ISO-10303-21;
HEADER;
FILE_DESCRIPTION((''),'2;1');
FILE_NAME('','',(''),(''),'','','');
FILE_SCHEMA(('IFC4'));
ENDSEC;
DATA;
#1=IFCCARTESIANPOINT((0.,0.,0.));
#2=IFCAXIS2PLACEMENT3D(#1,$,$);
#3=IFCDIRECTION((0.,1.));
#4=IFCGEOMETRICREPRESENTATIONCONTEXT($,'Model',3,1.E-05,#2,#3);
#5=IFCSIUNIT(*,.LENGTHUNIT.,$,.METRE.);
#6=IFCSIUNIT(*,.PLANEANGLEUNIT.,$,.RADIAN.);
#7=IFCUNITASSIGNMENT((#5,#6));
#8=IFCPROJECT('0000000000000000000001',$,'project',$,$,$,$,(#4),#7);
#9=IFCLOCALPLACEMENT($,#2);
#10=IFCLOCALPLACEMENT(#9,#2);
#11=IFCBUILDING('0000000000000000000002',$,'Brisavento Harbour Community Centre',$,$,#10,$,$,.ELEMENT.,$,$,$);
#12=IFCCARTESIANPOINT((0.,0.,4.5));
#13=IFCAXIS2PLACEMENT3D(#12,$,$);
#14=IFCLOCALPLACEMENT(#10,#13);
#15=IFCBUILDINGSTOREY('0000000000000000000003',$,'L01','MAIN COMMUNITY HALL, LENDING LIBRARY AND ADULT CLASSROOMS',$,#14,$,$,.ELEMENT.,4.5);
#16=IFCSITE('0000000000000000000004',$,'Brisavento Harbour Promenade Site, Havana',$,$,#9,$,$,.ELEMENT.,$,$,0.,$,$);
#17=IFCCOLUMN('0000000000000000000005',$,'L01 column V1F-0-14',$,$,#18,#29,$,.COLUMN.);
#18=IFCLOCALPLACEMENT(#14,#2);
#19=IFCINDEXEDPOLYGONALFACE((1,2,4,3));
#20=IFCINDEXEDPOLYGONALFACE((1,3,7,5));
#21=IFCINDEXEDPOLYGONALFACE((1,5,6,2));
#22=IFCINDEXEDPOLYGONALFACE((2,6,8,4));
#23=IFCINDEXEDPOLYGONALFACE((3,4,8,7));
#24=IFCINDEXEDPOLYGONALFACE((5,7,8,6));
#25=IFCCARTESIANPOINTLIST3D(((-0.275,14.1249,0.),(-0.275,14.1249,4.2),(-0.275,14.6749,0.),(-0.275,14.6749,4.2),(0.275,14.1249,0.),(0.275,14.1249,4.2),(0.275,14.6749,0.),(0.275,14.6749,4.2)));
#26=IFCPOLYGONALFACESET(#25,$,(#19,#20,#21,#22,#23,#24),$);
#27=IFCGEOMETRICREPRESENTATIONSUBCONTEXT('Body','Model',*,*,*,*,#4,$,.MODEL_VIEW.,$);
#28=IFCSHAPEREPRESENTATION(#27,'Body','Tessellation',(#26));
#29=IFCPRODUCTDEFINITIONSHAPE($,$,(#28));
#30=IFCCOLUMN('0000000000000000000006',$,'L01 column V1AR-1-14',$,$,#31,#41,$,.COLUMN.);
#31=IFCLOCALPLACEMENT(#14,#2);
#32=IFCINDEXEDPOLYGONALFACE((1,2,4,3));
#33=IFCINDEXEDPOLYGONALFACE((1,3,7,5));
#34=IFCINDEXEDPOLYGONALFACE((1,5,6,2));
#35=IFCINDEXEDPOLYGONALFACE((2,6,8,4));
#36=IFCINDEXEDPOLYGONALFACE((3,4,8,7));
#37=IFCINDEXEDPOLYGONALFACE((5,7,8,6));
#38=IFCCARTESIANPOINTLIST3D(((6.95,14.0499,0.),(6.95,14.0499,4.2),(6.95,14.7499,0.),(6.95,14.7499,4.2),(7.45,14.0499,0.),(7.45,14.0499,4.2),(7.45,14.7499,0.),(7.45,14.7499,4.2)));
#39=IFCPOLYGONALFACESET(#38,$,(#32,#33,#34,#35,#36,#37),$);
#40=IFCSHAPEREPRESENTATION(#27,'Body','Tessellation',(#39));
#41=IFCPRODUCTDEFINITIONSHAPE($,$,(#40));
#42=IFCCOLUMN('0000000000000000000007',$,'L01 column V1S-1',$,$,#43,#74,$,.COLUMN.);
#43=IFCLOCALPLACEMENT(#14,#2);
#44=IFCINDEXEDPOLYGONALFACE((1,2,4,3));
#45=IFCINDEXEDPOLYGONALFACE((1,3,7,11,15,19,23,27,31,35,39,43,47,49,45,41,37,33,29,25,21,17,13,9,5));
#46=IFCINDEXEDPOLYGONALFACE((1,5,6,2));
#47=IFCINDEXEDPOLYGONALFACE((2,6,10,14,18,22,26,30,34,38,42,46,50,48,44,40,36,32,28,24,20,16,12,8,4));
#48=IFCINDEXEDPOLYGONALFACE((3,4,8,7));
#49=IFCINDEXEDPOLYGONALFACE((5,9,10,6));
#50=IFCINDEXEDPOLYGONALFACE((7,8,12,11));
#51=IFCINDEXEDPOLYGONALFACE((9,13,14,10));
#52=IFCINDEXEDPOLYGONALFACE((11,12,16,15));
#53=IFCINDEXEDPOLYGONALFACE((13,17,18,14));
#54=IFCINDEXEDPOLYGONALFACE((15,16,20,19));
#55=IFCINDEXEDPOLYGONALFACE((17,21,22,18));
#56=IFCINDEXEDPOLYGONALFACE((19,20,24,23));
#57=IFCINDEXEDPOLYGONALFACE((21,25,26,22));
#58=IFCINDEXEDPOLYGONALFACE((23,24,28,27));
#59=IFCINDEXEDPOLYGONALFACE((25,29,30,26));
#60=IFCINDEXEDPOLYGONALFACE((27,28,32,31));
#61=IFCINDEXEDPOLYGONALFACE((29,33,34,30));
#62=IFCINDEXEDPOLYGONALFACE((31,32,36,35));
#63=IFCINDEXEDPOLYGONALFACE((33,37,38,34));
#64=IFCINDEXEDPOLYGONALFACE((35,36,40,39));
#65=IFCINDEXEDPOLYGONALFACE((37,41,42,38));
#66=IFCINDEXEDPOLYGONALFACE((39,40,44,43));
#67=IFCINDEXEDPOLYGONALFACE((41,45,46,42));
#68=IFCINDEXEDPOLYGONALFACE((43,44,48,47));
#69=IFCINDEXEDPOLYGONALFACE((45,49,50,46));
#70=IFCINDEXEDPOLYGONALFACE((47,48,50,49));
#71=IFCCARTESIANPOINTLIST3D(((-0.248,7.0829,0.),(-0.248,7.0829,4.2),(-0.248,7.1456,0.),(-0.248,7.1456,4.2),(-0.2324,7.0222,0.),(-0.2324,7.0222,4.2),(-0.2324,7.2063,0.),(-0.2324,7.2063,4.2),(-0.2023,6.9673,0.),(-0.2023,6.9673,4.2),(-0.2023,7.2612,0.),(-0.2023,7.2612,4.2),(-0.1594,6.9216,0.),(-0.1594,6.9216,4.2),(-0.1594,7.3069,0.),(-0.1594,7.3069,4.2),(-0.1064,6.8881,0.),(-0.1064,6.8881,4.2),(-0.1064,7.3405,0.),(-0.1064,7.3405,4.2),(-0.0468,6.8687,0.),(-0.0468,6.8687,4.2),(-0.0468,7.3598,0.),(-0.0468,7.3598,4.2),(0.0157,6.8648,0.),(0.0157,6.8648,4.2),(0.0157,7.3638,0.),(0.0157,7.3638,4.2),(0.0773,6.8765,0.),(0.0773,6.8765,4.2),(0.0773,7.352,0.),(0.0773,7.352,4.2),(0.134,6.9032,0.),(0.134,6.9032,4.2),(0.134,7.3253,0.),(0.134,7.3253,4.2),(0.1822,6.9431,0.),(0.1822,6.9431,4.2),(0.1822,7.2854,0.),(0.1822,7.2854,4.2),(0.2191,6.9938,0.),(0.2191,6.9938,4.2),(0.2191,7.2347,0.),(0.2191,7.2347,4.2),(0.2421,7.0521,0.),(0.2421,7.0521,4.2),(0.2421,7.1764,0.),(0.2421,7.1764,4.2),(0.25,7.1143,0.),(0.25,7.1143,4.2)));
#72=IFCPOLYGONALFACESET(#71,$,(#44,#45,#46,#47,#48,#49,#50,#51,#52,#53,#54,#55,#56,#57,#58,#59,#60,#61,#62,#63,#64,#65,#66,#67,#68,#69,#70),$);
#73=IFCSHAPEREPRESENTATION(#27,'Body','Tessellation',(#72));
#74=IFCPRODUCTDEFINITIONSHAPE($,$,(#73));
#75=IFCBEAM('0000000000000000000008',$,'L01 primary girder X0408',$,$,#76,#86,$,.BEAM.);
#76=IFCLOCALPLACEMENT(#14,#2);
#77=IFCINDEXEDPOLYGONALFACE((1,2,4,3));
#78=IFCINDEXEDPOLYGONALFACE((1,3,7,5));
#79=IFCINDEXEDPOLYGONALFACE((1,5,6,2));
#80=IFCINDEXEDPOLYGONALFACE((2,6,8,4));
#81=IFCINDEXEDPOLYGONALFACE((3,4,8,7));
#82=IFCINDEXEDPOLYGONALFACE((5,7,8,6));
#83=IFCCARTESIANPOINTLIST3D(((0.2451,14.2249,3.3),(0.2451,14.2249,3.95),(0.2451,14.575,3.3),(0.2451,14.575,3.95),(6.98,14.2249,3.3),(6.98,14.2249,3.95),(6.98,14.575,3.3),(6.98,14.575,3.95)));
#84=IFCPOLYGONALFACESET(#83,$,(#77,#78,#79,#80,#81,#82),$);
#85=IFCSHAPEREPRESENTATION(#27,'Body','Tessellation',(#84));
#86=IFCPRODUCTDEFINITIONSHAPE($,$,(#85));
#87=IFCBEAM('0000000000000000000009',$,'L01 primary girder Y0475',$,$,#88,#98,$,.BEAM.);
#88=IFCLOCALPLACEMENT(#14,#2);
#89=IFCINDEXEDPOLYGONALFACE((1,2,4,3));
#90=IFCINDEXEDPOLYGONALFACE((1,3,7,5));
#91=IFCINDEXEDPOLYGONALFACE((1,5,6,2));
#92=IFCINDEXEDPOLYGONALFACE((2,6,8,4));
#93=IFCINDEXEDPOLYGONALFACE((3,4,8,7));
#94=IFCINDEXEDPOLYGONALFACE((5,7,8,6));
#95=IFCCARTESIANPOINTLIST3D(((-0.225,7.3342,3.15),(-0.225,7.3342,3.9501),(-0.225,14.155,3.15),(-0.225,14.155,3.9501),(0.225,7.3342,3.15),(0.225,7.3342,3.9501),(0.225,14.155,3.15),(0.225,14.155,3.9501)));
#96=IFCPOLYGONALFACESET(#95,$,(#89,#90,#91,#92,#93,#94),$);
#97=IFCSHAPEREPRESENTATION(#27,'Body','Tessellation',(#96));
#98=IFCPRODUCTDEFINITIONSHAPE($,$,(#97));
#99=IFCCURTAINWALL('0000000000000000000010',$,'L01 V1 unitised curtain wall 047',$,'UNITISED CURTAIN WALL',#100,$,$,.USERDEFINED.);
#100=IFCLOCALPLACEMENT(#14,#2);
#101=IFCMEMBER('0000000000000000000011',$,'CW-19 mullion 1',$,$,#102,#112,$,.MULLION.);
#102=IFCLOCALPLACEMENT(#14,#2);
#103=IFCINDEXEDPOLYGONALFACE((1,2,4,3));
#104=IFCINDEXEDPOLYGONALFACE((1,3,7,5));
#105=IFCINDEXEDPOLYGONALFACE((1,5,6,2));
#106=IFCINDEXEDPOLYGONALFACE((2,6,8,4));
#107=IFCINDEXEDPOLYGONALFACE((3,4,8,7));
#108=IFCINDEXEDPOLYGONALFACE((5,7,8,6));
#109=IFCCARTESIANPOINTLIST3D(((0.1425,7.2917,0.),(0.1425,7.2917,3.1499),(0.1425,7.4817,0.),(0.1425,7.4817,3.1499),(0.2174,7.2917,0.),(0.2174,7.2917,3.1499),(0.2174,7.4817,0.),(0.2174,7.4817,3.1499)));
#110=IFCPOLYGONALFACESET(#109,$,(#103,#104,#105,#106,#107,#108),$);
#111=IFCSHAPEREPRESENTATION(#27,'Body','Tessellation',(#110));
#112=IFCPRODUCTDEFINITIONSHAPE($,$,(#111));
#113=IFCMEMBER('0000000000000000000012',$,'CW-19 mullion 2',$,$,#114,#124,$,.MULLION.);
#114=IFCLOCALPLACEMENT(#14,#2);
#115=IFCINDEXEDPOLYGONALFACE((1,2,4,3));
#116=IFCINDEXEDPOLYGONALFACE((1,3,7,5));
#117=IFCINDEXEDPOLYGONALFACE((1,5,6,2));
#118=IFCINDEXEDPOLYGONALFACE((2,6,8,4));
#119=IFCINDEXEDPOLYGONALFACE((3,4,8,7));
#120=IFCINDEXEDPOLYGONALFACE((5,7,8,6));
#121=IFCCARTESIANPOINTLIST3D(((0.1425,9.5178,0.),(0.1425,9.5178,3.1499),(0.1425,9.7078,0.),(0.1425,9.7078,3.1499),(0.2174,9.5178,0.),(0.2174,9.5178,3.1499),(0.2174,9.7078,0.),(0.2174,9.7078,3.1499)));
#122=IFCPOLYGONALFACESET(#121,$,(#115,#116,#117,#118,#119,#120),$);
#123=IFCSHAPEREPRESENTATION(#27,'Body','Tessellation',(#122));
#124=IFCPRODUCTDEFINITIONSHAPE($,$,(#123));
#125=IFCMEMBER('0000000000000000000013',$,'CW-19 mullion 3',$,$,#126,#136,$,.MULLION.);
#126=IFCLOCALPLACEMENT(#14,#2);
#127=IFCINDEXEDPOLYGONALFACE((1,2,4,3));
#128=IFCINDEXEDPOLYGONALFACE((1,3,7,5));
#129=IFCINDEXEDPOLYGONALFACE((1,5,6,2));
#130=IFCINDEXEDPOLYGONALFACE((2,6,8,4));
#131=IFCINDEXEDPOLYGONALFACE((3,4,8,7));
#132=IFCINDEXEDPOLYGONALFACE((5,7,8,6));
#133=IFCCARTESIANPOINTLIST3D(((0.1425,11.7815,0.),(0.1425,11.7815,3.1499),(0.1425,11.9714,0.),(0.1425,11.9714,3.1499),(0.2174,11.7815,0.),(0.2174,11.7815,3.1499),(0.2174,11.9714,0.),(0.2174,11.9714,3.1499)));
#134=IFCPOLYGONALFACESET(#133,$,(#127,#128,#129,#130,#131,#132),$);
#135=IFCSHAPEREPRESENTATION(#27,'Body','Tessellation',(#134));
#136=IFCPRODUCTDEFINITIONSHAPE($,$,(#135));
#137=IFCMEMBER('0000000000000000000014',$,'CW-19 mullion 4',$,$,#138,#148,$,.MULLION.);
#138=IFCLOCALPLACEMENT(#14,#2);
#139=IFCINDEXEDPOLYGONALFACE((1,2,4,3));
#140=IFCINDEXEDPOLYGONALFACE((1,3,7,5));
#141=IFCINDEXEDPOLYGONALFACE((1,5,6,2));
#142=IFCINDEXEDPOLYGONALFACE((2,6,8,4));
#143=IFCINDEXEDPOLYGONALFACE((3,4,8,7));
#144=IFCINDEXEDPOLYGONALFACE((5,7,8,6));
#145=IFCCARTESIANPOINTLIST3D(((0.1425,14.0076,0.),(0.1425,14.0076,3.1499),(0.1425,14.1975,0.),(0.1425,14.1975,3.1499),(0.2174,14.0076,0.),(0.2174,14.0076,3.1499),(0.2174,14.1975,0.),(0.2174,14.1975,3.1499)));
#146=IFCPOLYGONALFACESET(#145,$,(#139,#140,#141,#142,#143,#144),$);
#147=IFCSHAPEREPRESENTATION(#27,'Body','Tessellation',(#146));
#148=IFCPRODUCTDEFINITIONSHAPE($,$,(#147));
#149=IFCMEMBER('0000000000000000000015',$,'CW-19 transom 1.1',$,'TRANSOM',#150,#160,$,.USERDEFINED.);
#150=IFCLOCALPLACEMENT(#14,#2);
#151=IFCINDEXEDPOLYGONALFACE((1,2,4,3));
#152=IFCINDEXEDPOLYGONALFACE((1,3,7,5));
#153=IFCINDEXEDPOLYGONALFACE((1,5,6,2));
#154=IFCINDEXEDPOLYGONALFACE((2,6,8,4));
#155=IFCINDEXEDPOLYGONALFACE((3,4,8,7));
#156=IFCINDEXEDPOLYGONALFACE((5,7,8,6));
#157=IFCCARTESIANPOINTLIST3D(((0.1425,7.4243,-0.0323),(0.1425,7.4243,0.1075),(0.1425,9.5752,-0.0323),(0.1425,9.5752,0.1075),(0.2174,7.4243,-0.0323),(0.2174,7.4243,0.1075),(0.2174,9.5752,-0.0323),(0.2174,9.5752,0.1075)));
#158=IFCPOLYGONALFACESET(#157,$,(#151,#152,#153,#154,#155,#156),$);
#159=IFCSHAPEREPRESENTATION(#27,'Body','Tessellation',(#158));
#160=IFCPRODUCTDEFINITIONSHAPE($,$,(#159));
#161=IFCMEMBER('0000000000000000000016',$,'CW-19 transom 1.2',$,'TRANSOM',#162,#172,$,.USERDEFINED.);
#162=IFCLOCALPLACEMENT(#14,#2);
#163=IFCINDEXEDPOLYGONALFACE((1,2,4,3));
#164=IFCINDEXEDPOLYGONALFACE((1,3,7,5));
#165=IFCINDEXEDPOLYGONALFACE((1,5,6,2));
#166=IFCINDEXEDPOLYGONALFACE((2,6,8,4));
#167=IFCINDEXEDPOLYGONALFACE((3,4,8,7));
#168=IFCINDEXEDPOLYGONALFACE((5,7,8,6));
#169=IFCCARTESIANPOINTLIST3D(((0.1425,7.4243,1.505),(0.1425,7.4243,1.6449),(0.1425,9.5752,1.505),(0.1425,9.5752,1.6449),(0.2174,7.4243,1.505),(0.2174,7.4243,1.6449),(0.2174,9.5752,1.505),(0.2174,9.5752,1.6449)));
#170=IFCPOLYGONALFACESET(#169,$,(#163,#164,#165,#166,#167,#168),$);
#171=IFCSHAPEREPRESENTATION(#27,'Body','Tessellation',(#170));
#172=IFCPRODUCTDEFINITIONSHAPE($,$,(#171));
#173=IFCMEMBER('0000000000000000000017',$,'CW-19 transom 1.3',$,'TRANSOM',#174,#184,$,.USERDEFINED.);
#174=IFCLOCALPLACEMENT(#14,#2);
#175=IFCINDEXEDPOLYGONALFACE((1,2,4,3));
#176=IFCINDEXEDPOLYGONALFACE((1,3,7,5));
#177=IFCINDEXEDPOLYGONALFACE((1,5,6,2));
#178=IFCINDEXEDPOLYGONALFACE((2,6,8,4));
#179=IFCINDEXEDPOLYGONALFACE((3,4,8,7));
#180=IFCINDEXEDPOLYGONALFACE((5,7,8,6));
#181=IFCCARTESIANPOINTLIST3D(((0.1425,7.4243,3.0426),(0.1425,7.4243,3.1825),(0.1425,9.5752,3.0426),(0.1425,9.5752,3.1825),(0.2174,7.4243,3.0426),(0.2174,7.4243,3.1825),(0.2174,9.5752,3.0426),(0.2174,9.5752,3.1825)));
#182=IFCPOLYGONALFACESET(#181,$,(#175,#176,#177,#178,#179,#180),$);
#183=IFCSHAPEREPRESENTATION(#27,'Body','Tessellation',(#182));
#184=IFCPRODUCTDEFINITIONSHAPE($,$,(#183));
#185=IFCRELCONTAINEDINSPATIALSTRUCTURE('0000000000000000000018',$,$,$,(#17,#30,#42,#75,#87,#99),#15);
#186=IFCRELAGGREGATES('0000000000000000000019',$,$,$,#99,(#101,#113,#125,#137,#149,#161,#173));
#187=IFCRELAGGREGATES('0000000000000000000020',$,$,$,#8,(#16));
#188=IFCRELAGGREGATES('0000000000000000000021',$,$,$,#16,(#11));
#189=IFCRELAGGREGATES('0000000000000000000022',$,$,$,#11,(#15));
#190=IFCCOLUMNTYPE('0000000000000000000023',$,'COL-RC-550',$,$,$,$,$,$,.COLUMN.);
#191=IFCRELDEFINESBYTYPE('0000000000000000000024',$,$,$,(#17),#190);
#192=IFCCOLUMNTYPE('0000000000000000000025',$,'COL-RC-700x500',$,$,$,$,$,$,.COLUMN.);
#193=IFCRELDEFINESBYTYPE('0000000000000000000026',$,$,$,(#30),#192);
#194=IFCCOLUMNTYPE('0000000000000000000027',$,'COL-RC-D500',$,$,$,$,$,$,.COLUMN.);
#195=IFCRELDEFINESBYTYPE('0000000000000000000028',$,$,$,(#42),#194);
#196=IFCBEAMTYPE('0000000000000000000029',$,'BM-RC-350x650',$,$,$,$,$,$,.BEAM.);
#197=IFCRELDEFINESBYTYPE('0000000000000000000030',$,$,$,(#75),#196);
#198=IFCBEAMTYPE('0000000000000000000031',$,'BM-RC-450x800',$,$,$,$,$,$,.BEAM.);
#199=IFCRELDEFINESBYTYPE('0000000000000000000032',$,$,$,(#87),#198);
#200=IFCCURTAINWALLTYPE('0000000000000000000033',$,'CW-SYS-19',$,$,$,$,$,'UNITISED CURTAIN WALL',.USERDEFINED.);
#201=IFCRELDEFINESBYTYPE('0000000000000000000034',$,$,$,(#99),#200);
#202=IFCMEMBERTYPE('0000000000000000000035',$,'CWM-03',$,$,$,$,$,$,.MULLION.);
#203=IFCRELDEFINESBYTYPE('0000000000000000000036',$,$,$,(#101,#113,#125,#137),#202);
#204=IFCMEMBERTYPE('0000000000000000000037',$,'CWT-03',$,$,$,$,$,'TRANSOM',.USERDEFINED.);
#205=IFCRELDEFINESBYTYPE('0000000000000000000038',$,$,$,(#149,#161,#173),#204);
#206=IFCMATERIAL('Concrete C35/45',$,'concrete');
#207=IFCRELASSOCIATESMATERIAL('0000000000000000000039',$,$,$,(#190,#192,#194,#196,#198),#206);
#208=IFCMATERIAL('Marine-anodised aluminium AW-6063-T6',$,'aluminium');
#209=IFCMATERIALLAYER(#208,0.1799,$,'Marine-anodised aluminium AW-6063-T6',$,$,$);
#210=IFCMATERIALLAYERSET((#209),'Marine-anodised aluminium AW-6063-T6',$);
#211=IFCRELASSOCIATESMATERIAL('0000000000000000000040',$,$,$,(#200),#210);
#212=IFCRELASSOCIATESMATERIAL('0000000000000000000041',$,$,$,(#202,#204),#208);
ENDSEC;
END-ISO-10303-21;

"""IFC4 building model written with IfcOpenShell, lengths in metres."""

from ifc_helpers import new_model, si_unit, direction, frame, origin, origin_2d, place, context, subcontext, project, spatial, rectangle, circle, extrude, material, layer, layer_set, material_profile, profile_set, type_object, element, aggregate, save


model = new_model("IFC4")

# Units and contexts
model_context = context("Model", 3, precision=1e-05, world=origin(), true_north=direction((0.0, 1.0)))
body_context = subcontext(model_context, "Body", "Model", "MODEL_VIEW")
ifc_project = project(units=[si_unit("LENGTHUNIT", "METRE"), si_unit("PLANEANGLEUNIT", "RADIAN")], contexts=[model_context])

# Site, building, storey
site_placement = place(None, origin())
site = spatial("IfcSite", under=ifc_project, at=site_placement, Name="Brisavento Harbour Promenade Site, Havana", CompositionType="ELEMENT", RefElevation=0.0)
building_placement = place(site_placement, origin())
building = spatial("IfcBuilding", under=site, at=building_placement, Name="Brisavento Harbour Community Centre", CompositionType="ELEMENT")
storey_placement = place(building_placement, frame((0.0, 0.0, 4.5)))
storey = spatial("IfcBuildingStorey", under=building, at=storey_placement, Name="L01", Description="MAIN COMMUNITY HALL, LENDING LIBRARY AND ADULT CLASSROOMS", CompositionType="ELEMENT", Elevation=4.5)

# Columns
ifc_material_1 = material(Name="Concrete C35/45", Category="concrete")
ifc_material_profile_1 = material_profile(ifc_material_1, rectangle(XDim=0.55, YDim=0.55, at=origin_2d()), Name="Concrete C35/45")
ifc_profile_set_1 = profile_set([ifc_material_profile_1], Name="Concrete C35/45")
column_type_1 = type_object("IfcColumnType", Name="COL-RC-550", PredefinedType="COLUMN", material=ifc_profile_set_1)
column_1_placement = place(storey_placement, frame((0.0, 14.3999, 0.0), z_axis=(0.0, 0.0, 1.0), x_axis=(1.0, 0.0, 0.0)))
element("IfcColumn", 1, at=column_1_placement, inside=storey, type_object=column_type_1, Name="L01 column V1F-0-14", PredefinedType="COLUMN", context=body_context, shape_type="SweptSolid", body=[
    extrude(rectangle(XDim=0.55, YDim=0.55, at=origin_2d()), origin(), (0.0, 0.0, 1.0), 4.2),
])
ifc_material_profile_2 = material_profile(ifc_material_1, rectangle(XDim=0.5, YDim=0.7, at=origin_2d()), Name="Concrete C35/45")
ifc_profile_set_2 = profile_set([ifc_material_profile_2], Name="Concrete C35/45")
column_type_2 = type_object("IfcColumnType", Name="COL-RC-700x500", PredefinedType="COLUMN", material=ifc_profile_set_2)
column_2_placement = place(storey_placement, frame((7.2, 14.3999, 0.0), z_axis=(0.0, 0.0, 1.0), x_axis=(1.0, 0.0, 0.0)))
element("IfcColumn", 2, at=column_2_placement, inside=storey, type_object=column_type_2, Name="L01 column V1AR-1-14", PredefinedType="COLUMN", context=body_context, shape_type="SweptSolid", body=[
    extrude(rectangle(XDim=0.5, YDim=0.7, at=origin_2d()), origin(), (0.0, 0.0, 1.0), 4.2),
])
ifc_material_profile_3 = material_profile(ifc_material_1, circle(Radius=0.25, at=origin_2d()), Name="Concrete C35/45")
ifc_profile_set_3 = profile_set([ifc_material_profile_3], Name="Concrete C35/45")
column_type_3 = type_object("IfcColumnType", Name="COL-RC-D500", PredefinedType="COLUMN", material=ifc_profile_set_3)
column_3_placement = place(storey_placement, frame((0.0, 7.1143, 0.0), z_axis=(0.0, 0.0, 1.0), x_axis=(1.0, 0.0, 0.0)))
element("IfcColumn", 3, at=column_3_placement, inside=storey, type_object=column_type_3, Name="L01 column V1S-1", PredefinedType="COLUMN", context=body_context, shape_type="SweptSolid", body=[
    extrude(circle(Radius=0.25, at=origin_2d()), origin(), (0.0, 0.0, 1.0), 4.2),
])

# Beams
ifc_material_profile_4 = material_profile(ifc_material_1, rectangle(XDim=0.3501, YDim=0.6499, at=origin_2d()), Name="Concrete C35/45")
ifc_profile_set_4 = profile_set([ifc_material_profile_4], Name="Concrete C35/45")
beam_type_1 = type_object("IfcBeamType", Name="BM-RC-350x650", PredefinedType="BEAM", material=ifc_profile_set_4)
beam_1_placement = place(storey_placement, frame((0.2451, 14.3999, 3.625), z_axis=(1.0, 0.0, 0.0), x_axis=(0.0, 1.0, 0.0)))
element("IfcBeam", 4, at=beam_1_placement, inside=storey, type_object=beam_type_1, Name="L01 primary girder X0408", PredefinedType="BEAM", context=body_context, shape_type="SweptSolid", body=[
    extrude(rectangle(XDim=0.3501, YDim=0.6499, at=origin_2d()), origin(), (0.0, 0.0, 1.0), 6.7349),
])
ifc_material_profile_5 = material_profile(ifc_material_1, rectangle(XDim=0.45, YDim=0.8, at=origin_2d()), Name="Concrete C35/45")
ifc_profile_set_5 = profile_set([ifc_material_profile_5], Name="Concrete C35/45")
beam_type_2 = type_object("IfcBeamType", Name="BM-RC-450x800", PredefinedType="BEAM", material=ifc_profile_set_5)
beam_2_placement = place(storey_placement, frame((0.0, 7.3342, 3.55), z_axis=(0.0, 1.0, 0.0), x_axis=(-1.0, 0.0, 0.0)))
element("IfcBeam", 5, at=beam_2_placement, inside=storey, type_object=beam_type_2, Name="L01 primary girder Y0475", PredefinedType="BEAM", context=body_context, shape_type="SweptSolid", body=[
    extrude(rectangle(XDim=0.45, YDim=0.8, at=origin_2d()), origin(), (0.0, 0.0, 1.0), 6.8208),
])

# Curtain wall, members
ifc_material_2 = material(Name="Marine-anodised aluminium AW-6063-T6", Category="aluminium")
ifc_layer_1 = layer(ifc_material_2, 0.1799, Name="Marine-anodised aluminium AW-6063-T6")
ifc_layer_set_1 = layer_set([ifc_layer_1], Name="Marine-anodised aluminium AW-6063-T6")
curtain_wall_type = type_object("IfcCurtainWallType", Name="CW-SYS-19", ElementType="UNITISED CURTAIN WALL", PredefinedType="USERDEFINED", material=ifc_layer_set_1)
curtain_wall_placement = place(storey_placement, origin())
curtain_wall = element("IfcCurtainWall", 6, at=curtain_wall_placement, inside=storey, type_object=curtain_wall_type, Name="L01 V1 unitised curtain wall 047", ObjectType="UNITISED CURTAIN WALL", PredefinedType="USERDEFINED")
ifc_material_profile_6 = material_profile(ifc_material_2, rectangle(XDim=0.075, YDim=0.1899, at=origin_2d()), Name="Marine-anodised aluminium AW-6063-T6")
ifc_profile_set_6 = profile_set([ifc_material_profile_6], Name="Marine-anodised aluminium AW-6063-T6")
member_type_1 = type_object("IfcMemberType", Name="CWM-03", PredefinedType="MULLION", material=ifc_profile_set_6)
member_1_placement = place(storey_placement, frame((0.1799, 7.3867, 0.0), z_axis=(0.0, 0.0, 1.0), x_axis=(-1.0, 0.0, 0.0)))
member_1 = element("IfcMember", 7, at=member_1_placement, type_object=member_type_1, Name="CW-19 mullion 1", PredefinedType="MULLION", context=body_context, shape_type="SweptSolid", body=[
    extrude(rectangle(XDim=0.075, YDim=0.1899, at=origin_2d()), origin(), (0.0, 0.0, 1.0), 3.1499),
])
member_2_placement = place(storey_placement, frame((0.1799, 9.6128, 0.0), z_axis=(0.0, 0.0, 1.0), x_axis=(-1.0, 0.0, 0.0)))
member_2 = element("IfcMember", 8, at=member_2_placement, type_object=member_type_1, Name="CW-19 mullion 2", PredefinedType="MULLION", context=body_context, shape_type="SweptSolid", body=[
    extrude(rectangle(XDim=0.075, YDim=0.1899, at=origin_2d()), origin(), (0.0, 0.0, 1.0), 3.1499),
])
member_3_placement = place(storey_placement, frame((0.1799, 11.8765, 0.0), z_axis=(0.0, 0.0, 1.0), x_axis=(-1.0, 0.0, 0.0)))
member_3 = element("IfcMember", 9, at=member_3_placement, type_object=member_type_1, Name="CW-19 mullion 3", PredefinedType="MULLION", context=body_context, shape_type="SweptSolid", body=[
    extrude(rectangle(XDim=0.075, YDim=0.1899, at=origin_2d()), origin(), (0.0, 0.0, 1.0), 3.1499),
])
member_4_placement = place(storey_placement, frame((0.1799, 14.1025, 0.0), z_axis=(0.0, 0.0, 1.0), x_axis=(-1.0, 0.0, 0.0)))
member_4 = element("IfcMember", 10, at=member_4_placement, type_object=member_type_1, Name="CW-19 mullion 4", PredefinedType="MULLION", context=body_context, shape_type="SweptSolid", body=[
    extrude(rectangle(XDim=0.075, YDim=0.1899, at=origin_2d()), origin(), (0.0, 0.0, 1.0), 3.1499),
])
ifc_material_profile_7 = material_profile(ifc_material_2, rectangle(XDim=0.075, YDim=0.1399, at=origin_2d()), Name="Marine-anodised aluminium AW-6063-T6")
ifc_profile_set_7 = profile_set([ifc_material_profile_7], Name="Marine-anodised aluminium AW-6063-T6")
member_type_2 = type_object("IfcMemberType", Name="CWT-03", ElementType="TRANSOM", PredefinedType="USERDEFINED", material=ifc_profile_set_7)
member_5_placement = place(storey_placement, frame((0.1799, 7.4243, 0.0376), z_axis=(0.0, 1.0, 0.0), x_axis=(-1.0, 0.0, 0.0)))
member_5 = element("IfcMember", 11, at=member_5_placement, type_object=member_type_2, Name="CW-19 transom 1.1", ObjectType="TRANSOM", PredefinedType="USERDEFINED", context=body_context, shape_type="SweptSolid", body=[
    extrude(rectangle(XDim=0.075, YDim=0.1399, at=origin_2d()), origin(), (0.0, 0.0, 1.0), 2.1509),
])
member_6_placement = place(storey_placement, frame((0.1799, 7.4243, 1.575), z_axis=(0.0, 1.0, 0.0), x_axis=(-1.0, 0.0, 0.0)))
member_6 = element("IfcMember", 12, at=member_6_placement, type_object=member_type_2, Name="CW-19 transom 1.2", ObjectType="TRANSOM", PredefinedType="USERDEFINED", context=body_context, shape_type="SweptSolid", body=[
    extrude(rectangle(XDim=0.075, YDim=0.1399, at=origin_2d()), origin(), (0.0, 0.0, 1.0), 2.1509),
])
member_7_placement = place(storey_placement, frame((0.1799, 7.4243, 3.1125), z_axis=(0.0, 1.0, 0.0), x_axis=(-1.0, 0.0, 0.0)))
member_7 = element("IfcMember", 13, at=member_7_placement, type_object=member_type_2, Name="CW-19 transom 1.3", ObjectType="TRANSOM", PredefinedType="USERDEFINED", context=body_context, shape_type="SweptSolid", body=[
    extrude(rectangle(XDim=0.075, YDim=0.1399, at=origin_2d()), origin(), (0.0, 0.0, 1.0), 2.1509),
])
aggregate(curtain_wall, [member_1, member_2, member_3, member_4, member_5, member_6, member_7])

save(model, "model.ifc")
